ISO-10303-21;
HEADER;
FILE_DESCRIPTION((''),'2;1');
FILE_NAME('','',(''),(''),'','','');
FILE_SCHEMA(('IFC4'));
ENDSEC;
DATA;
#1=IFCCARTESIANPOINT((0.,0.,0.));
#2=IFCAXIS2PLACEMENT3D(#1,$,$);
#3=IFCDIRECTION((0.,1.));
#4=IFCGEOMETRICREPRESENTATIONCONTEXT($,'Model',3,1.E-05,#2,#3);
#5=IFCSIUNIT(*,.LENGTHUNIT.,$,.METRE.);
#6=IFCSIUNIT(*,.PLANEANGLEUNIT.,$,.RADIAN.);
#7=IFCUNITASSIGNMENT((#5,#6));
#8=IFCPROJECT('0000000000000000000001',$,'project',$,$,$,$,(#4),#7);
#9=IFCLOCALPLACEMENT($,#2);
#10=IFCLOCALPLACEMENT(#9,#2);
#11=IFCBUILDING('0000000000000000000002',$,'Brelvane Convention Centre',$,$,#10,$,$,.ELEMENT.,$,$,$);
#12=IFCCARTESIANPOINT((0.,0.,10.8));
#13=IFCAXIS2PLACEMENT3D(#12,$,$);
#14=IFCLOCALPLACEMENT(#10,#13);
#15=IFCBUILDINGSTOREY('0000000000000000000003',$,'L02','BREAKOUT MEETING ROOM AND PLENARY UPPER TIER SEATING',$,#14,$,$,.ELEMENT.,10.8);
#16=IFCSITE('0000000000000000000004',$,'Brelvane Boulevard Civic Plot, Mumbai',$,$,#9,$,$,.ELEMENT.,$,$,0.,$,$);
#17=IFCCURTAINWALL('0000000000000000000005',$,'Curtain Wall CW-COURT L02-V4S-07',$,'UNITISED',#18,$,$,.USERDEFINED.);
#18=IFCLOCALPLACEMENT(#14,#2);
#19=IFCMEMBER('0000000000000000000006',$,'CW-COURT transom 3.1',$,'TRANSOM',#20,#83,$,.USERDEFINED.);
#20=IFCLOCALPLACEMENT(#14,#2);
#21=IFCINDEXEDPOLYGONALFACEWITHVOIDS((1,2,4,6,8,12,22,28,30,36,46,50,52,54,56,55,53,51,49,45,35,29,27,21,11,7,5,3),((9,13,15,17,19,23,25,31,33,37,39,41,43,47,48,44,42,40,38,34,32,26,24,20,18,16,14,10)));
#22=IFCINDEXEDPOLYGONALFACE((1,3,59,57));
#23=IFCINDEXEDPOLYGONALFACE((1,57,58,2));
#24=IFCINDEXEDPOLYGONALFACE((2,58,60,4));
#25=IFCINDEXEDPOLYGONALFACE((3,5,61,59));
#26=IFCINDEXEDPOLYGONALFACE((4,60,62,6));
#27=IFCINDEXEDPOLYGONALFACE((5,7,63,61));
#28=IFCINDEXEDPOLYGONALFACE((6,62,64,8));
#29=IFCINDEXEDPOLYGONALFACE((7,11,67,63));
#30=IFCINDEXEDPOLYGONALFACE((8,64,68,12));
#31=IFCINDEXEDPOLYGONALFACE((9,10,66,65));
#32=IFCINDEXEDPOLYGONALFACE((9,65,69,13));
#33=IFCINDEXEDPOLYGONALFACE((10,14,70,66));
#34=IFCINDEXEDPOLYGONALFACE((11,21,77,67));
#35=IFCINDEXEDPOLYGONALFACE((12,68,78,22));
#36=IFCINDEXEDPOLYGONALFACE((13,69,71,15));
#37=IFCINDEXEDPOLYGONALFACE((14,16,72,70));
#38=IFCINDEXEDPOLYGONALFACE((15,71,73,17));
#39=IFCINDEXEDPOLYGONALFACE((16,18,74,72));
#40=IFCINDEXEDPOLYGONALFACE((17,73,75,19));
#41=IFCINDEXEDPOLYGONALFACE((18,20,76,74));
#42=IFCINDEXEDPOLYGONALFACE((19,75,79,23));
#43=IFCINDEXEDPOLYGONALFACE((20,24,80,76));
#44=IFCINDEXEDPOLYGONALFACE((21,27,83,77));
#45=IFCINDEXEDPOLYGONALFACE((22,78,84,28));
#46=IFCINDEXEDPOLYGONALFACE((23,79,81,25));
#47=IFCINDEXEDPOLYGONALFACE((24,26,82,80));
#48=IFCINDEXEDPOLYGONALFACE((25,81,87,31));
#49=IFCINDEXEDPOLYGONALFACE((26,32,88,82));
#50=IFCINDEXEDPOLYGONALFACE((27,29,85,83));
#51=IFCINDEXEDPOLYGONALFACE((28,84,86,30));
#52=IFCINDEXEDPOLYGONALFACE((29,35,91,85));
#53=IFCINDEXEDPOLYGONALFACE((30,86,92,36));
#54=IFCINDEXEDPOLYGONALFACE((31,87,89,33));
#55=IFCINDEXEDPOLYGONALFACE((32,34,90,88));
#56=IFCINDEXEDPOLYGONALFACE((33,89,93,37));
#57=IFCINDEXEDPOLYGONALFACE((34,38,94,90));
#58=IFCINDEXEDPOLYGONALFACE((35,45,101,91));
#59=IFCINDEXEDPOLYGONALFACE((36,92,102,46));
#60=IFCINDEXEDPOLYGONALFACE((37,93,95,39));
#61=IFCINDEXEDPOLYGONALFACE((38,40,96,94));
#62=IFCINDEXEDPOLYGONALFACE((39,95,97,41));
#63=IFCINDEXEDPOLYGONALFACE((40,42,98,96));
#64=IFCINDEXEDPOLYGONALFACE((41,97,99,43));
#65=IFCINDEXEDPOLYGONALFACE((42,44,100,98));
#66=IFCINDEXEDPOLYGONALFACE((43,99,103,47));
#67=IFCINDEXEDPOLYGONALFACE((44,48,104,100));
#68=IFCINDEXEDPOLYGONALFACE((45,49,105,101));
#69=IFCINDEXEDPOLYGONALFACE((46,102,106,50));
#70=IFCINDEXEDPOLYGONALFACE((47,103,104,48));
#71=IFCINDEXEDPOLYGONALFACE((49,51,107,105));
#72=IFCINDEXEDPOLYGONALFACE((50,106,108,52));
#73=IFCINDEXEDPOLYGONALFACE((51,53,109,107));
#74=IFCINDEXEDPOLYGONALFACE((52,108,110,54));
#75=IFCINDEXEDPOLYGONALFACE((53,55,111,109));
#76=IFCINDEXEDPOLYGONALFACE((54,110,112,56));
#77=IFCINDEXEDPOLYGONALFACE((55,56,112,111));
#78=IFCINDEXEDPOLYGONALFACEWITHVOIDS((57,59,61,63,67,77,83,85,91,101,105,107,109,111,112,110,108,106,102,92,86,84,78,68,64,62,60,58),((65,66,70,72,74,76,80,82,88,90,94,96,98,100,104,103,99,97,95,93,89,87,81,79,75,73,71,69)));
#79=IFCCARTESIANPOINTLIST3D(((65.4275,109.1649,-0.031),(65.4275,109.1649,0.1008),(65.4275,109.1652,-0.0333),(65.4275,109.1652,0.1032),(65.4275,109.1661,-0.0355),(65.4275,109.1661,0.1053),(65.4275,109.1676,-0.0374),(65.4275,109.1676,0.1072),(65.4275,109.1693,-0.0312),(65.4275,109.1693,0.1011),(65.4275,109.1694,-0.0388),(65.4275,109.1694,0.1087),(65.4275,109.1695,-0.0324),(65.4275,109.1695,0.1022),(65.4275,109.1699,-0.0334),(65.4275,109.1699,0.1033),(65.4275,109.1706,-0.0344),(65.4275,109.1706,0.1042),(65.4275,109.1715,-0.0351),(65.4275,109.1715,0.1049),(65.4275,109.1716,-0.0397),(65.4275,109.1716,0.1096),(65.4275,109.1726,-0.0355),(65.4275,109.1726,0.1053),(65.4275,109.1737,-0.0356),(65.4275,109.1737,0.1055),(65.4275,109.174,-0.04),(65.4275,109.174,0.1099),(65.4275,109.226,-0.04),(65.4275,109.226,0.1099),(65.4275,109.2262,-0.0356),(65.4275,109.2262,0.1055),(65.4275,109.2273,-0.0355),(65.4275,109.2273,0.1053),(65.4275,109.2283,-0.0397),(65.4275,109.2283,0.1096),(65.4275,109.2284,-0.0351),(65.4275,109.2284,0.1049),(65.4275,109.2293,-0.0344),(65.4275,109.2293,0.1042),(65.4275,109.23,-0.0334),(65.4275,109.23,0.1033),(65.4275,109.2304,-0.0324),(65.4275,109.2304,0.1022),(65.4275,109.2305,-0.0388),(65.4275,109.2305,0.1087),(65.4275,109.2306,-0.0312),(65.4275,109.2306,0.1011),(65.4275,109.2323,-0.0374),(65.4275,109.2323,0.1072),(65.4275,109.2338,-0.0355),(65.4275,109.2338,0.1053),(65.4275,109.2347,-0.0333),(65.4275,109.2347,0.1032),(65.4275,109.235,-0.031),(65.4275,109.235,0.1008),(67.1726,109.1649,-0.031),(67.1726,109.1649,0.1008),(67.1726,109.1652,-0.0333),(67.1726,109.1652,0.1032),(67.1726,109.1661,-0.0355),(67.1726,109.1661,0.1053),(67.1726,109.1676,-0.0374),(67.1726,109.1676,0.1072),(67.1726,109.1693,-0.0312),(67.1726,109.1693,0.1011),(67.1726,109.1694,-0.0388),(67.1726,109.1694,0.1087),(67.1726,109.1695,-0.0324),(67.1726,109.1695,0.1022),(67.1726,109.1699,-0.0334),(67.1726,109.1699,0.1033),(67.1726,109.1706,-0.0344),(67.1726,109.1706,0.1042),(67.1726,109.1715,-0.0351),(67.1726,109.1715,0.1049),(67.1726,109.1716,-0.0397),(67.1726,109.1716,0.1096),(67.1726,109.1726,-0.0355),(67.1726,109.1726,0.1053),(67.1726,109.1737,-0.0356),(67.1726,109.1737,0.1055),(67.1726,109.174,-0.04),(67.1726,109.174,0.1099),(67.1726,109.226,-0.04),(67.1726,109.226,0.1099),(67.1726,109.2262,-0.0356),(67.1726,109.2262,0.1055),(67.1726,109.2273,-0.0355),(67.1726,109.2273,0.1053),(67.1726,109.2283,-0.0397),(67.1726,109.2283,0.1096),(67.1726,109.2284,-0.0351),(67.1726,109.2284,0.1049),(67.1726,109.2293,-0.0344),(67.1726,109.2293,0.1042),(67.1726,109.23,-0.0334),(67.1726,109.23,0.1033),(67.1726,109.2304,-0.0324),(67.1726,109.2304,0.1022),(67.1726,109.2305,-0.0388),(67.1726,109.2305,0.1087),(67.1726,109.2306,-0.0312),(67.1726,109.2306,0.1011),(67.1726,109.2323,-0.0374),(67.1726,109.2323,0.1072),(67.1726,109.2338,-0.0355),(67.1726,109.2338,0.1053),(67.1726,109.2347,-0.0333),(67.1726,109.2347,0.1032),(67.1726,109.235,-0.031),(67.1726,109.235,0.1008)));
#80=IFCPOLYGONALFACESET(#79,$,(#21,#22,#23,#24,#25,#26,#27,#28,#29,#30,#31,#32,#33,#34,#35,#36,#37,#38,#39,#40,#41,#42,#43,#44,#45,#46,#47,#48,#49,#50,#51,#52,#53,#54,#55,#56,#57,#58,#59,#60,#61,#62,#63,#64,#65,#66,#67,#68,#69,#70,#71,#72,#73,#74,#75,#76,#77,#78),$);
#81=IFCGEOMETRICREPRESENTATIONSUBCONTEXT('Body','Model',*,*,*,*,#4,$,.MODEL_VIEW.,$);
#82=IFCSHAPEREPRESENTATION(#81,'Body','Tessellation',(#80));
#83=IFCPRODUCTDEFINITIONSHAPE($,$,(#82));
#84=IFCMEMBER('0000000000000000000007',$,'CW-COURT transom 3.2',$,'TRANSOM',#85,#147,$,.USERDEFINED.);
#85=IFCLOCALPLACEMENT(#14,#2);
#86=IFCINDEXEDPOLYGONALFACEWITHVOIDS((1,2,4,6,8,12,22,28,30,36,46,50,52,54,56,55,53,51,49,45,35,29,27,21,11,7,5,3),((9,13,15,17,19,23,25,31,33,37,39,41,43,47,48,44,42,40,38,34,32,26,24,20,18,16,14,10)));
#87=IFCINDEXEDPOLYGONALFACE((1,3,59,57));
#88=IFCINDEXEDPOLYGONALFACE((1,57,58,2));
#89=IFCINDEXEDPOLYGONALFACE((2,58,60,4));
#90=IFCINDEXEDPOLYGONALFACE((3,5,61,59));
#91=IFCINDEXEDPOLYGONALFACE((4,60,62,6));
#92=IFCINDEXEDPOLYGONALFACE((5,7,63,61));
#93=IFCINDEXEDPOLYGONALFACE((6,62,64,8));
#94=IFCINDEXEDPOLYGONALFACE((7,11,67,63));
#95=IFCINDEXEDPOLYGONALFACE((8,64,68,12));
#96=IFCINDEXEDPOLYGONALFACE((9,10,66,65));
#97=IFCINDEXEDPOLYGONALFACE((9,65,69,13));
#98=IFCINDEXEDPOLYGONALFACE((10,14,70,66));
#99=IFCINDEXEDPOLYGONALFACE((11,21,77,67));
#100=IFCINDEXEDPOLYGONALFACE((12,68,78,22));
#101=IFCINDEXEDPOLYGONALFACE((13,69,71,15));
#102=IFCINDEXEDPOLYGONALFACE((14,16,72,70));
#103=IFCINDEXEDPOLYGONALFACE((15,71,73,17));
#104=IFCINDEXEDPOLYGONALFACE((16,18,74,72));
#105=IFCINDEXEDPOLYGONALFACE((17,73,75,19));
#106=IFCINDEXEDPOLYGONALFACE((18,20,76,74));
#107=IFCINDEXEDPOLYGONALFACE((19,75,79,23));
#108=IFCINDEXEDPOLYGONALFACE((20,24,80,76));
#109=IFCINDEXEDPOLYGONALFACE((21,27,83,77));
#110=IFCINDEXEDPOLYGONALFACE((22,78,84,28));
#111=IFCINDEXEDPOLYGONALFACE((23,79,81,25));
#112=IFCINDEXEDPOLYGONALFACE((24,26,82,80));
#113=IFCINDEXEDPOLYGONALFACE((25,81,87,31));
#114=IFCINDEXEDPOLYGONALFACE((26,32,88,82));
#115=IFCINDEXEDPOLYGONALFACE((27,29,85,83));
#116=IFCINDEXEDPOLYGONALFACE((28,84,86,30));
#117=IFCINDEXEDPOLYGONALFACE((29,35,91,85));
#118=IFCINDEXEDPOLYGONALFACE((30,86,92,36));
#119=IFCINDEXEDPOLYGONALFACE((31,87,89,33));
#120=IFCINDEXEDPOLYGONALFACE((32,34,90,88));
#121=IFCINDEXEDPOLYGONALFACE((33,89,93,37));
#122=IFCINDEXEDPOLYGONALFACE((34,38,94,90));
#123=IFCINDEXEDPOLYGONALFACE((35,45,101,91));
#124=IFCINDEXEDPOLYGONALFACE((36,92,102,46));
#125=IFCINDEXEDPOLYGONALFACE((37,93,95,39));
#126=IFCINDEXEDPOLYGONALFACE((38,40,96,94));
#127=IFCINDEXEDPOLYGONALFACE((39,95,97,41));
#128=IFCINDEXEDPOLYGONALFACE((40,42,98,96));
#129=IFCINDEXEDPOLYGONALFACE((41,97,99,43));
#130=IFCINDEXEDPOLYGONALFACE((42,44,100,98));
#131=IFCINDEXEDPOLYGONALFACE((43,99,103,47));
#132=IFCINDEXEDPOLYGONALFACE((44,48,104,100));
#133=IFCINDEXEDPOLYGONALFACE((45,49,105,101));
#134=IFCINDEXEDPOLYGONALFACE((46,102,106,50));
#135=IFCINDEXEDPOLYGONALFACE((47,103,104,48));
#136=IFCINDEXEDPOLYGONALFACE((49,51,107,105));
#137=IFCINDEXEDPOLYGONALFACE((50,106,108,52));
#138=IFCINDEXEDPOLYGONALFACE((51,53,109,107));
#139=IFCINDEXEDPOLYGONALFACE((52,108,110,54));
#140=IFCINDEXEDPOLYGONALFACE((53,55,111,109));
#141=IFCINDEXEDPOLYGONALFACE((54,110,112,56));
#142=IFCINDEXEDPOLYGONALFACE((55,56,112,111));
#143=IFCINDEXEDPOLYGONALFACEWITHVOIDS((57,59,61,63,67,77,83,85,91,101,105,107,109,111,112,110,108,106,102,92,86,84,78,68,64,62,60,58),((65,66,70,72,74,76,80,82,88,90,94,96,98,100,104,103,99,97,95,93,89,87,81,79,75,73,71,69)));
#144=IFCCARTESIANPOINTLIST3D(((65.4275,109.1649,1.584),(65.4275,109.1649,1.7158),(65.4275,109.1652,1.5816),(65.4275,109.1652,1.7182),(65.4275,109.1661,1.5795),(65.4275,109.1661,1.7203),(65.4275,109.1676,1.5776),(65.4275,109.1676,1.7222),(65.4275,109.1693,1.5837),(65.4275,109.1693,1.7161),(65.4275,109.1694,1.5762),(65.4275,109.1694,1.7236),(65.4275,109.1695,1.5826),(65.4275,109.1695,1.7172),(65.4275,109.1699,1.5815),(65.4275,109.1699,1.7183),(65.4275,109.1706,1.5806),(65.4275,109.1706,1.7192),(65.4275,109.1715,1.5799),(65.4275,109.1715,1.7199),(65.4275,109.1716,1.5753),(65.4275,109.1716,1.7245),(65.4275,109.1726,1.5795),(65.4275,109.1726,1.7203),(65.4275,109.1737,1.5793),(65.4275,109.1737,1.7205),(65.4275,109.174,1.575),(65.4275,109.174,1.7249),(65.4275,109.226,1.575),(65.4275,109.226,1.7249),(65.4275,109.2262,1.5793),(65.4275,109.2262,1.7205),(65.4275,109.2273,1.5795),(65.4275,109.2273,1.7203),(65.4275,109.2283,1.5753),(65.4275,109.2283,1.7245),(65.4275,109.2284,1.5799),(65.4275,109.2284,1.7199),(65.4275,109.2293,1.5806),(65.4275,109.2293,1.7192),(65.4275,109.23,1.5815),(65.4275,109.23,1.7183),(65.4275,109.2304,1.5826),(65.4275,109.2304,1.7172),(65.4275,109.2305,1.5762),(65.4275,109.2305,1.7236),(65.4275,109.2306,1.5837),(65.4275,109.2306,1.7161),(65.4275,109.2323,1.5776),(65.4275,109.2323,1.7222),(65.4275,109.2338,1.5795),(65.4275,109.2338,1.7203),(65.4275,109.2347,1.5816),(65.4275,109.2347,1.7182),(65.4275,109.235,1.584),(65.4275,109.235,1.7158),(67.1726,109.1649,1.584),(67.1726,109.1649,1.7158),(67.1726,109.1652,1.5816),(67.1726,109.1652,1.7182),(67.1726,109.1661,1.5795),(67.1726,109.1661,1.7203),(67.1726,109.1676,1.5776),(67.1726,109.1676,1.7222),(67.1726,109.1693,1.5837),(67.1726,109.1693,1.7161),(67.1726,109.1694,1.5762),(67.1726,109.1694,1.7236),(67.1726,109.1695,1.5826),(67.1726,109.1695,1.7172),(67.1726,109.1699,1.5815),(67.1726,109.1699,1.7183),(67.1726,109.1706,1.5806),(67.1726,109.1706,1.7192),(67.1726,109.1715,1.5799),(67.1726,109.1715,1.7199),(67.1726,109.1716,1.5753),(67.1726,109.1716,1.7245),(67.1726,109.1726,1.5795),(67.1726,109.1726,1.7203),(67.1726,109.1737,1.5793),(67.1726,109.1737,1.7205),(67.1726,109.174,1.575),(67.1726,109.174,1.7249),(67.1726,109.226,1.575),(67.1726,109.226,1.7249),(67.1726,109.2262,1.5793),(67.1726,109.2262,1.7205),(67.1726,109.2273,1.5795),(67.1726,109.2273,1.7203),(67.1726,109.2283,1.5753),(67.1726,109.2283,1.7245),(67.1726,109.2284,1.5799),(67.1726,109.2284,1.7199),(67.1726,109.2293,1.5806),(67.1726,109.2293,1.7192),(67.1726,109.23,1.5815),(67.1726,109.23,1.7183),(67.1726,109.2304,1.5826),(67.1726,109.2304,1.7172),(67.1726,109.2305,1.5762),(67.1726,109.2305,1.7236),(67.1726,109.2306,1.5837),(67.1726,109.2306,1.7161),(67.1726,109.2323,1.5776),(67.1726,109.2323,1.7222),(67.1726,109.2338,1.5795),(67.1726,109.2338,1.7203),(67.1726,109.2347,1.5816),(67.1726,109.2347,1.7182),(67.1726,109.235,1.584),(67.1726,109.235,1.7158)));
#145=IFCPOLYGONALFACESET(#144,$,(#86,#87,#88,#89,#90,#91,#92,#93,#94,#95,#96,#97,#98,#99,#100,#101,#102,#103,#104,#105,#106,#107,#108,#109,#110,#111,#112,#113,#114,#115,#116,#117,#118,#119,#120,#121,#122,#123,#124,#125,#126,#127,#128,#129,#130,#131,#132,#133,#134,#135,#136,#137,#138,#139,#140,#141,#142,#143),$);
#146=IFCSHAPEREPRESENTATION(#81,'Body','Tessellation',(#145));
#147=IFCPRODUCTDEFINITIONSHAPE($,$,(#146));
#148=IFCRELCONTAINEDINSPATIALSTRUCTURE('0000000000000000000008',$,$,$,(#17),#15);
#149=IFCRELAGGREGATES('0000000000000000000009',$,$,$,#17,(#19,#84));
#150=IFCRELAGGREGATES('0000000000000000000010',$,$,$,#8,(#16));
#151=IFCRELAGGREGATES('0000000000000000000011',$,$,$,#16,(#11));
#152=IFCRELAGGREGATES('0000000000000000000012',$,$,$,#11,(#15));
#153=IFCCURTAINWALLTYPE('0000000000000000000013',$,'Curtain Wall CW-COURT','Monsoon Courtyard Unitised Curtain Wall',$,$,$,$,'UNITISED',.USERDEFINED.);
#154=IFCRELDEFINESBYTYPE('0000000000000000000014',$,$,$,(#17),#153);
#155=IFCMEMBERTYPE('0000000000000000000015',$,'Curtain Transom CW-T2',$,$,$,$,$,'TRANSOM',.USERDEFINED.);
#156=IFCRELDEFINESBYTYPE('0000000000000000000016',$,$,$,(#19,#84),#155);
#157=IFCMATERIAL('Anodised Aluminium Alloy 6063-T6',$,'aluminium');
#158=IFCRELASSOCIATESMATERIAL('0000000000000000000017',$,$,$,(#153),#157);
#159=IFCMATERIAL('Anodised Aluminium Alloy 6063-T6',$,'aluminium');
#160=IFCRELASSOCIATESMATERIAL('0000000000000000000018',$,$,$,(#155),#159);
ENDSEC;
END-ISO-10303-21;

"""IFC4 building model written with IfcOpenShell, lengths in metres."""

from ifc_helpers import new_model, si_unit, direction, frame, origin, origin_2d, place, context, subcontext, project, spatial, hollow_rectangle, extrude, material, material_profile, profile_set, type_object, element, aggregate, save


model = new_model("IFC4")

# Units and contexts
model_context = context("Model", 3, precision=1e-05, world=origin(), true_north=direction((0.0, 1.0)))
body_context = subcontext(model_context, "Body", "Model", "MODEL_VIEW")
ifc_project = project(units=[si_unit("LENGTHUNIT", "METRE"), si_unit("PLANEANGLEUNIT", "RADIAN")], contexts=[model_context])

# Site, building, storey
site_placement = place(None, origin())
site = spatial("IfcSite", under=ifc_project, at=site_placement, Name="Brelvane Boulevard Civic Plot, Mumbai", CompositionType="ELEMENT", RefElevation=0.0)
building_placement = place(site_placement, origin())
building = spatial("IfcBuilding", under=site, at=building_placement, Name="Brelvane Convention Centre", CompositionType="ELEMENT")
storey_placement = place(building_placement, frame((0.0, 0.0, 10.8)))
storey = spatial("IfcBuildingStorey", under=building, at=storey_placement, Name="L02", Description="BREAKOUT MEETING ROOM AND PLENARY UPPER TIER SEATING", CompositionType="ELEMENT", Elevation=10.8)

# Curtain wall, members
ifc_material_1 = material(Name="Anodised Aluminium Alloy 6063-T6", Category="aluminium")
curtain_wall_type = type_object("IfcCurtainWallType", Name="Curtain Wall CW-COURT", Description="Monsoon Courtyard Unitised Curtain Wall", ElementType="UNITISED", PredefinedType="USERDEFINED", material=ifc_material_1)
curtain_wall_placement = place(storey_placement, origin())
curtain_wall = element("IfcCurtainWall", 1, at=curtain_wall_placement, inside=storey, type_object=curtain_wall_type, Name="Curtain Wall CW-COURT L02-V4S-07", ObjectType="UNITISED", PredefinedType="USERDEFINED")
ifc_material_2 = material(Name="Anodised Aluminium Alloy 6063-T6", Category="aluminium")
ifc_material_profile_1 = material_profile(ifc_material_2, hollow_rectangle(XDim=0.0701, YDim=0.1499, WallThickness=0.0044, InnerFilletRadius=0.0044, OuterFilletRadius=0.009, at=origin_2d()), Name="ALU-T 150x70x4.5")
ifc_profile_set_1 = profile_set([ifc_material_profile_1], Name="Anodised Aluminium Alloy 6063-T6")
member_type_1 = type_object("IfcMemberType", Name="Curtain Transom CW-T2", ElementType="TRANSOM", PredefinedType="USERDEFINED", material=ifc_profile_set_1)
member_1_placement = place(storey_placement, frame((65.4275, 109.2, 0.0349), z_axis=(1.0, 0.0, 0.0), x_axis=(0.0, 1.0, 0.0)))
member_1 = element("IfcMember", 2, at=member_1_placement, type_object=member_type_1, Name="CW-COURT transom 3.1", ObjectType="TRANSOM", PredefinedType="USERDEFINED", context=body_context, shape_type="SweptSolid", body=[
    extrude(hollow_rectangle(XDim=0.0701, YDim=0.1499, WallThickness=0.0044, InnerFilletRadius=0.0044, OuterFilletRadius=0.009, at=origin_2d()), origin(), (0.0, 0.0, 1.0), 1.7451),
])
member_2_placement = place(storey_placement, frame((65.4275, 109.2, 1.6499), z_axis=(1.0, 0.0, 0.0), x_axis=(0.0, 1.0, 0.0)))
member_2 = element("IfcMember", 3, at=member_2_placement, type_object=member_type_1, Name="CW-COURT transom 3.2", ObjectType="TRANSOM", PredefinedType="USERDEFINED", context=body_context, shape_type="SweptSolid", body=[
    extrude(hollow_rectangle(XDim=0.0701, YDim=0.1499, WallThickness=0.0044, InnerFilletRadius=0.0044, OuterFilletRadius=0.009, at=origin_2d()), origin(), (0.0, 0.0, 1.0), 1.7451),
])

aggregate(curtain_wall, [member_1, member_2])

save(model, "model.ifc")
